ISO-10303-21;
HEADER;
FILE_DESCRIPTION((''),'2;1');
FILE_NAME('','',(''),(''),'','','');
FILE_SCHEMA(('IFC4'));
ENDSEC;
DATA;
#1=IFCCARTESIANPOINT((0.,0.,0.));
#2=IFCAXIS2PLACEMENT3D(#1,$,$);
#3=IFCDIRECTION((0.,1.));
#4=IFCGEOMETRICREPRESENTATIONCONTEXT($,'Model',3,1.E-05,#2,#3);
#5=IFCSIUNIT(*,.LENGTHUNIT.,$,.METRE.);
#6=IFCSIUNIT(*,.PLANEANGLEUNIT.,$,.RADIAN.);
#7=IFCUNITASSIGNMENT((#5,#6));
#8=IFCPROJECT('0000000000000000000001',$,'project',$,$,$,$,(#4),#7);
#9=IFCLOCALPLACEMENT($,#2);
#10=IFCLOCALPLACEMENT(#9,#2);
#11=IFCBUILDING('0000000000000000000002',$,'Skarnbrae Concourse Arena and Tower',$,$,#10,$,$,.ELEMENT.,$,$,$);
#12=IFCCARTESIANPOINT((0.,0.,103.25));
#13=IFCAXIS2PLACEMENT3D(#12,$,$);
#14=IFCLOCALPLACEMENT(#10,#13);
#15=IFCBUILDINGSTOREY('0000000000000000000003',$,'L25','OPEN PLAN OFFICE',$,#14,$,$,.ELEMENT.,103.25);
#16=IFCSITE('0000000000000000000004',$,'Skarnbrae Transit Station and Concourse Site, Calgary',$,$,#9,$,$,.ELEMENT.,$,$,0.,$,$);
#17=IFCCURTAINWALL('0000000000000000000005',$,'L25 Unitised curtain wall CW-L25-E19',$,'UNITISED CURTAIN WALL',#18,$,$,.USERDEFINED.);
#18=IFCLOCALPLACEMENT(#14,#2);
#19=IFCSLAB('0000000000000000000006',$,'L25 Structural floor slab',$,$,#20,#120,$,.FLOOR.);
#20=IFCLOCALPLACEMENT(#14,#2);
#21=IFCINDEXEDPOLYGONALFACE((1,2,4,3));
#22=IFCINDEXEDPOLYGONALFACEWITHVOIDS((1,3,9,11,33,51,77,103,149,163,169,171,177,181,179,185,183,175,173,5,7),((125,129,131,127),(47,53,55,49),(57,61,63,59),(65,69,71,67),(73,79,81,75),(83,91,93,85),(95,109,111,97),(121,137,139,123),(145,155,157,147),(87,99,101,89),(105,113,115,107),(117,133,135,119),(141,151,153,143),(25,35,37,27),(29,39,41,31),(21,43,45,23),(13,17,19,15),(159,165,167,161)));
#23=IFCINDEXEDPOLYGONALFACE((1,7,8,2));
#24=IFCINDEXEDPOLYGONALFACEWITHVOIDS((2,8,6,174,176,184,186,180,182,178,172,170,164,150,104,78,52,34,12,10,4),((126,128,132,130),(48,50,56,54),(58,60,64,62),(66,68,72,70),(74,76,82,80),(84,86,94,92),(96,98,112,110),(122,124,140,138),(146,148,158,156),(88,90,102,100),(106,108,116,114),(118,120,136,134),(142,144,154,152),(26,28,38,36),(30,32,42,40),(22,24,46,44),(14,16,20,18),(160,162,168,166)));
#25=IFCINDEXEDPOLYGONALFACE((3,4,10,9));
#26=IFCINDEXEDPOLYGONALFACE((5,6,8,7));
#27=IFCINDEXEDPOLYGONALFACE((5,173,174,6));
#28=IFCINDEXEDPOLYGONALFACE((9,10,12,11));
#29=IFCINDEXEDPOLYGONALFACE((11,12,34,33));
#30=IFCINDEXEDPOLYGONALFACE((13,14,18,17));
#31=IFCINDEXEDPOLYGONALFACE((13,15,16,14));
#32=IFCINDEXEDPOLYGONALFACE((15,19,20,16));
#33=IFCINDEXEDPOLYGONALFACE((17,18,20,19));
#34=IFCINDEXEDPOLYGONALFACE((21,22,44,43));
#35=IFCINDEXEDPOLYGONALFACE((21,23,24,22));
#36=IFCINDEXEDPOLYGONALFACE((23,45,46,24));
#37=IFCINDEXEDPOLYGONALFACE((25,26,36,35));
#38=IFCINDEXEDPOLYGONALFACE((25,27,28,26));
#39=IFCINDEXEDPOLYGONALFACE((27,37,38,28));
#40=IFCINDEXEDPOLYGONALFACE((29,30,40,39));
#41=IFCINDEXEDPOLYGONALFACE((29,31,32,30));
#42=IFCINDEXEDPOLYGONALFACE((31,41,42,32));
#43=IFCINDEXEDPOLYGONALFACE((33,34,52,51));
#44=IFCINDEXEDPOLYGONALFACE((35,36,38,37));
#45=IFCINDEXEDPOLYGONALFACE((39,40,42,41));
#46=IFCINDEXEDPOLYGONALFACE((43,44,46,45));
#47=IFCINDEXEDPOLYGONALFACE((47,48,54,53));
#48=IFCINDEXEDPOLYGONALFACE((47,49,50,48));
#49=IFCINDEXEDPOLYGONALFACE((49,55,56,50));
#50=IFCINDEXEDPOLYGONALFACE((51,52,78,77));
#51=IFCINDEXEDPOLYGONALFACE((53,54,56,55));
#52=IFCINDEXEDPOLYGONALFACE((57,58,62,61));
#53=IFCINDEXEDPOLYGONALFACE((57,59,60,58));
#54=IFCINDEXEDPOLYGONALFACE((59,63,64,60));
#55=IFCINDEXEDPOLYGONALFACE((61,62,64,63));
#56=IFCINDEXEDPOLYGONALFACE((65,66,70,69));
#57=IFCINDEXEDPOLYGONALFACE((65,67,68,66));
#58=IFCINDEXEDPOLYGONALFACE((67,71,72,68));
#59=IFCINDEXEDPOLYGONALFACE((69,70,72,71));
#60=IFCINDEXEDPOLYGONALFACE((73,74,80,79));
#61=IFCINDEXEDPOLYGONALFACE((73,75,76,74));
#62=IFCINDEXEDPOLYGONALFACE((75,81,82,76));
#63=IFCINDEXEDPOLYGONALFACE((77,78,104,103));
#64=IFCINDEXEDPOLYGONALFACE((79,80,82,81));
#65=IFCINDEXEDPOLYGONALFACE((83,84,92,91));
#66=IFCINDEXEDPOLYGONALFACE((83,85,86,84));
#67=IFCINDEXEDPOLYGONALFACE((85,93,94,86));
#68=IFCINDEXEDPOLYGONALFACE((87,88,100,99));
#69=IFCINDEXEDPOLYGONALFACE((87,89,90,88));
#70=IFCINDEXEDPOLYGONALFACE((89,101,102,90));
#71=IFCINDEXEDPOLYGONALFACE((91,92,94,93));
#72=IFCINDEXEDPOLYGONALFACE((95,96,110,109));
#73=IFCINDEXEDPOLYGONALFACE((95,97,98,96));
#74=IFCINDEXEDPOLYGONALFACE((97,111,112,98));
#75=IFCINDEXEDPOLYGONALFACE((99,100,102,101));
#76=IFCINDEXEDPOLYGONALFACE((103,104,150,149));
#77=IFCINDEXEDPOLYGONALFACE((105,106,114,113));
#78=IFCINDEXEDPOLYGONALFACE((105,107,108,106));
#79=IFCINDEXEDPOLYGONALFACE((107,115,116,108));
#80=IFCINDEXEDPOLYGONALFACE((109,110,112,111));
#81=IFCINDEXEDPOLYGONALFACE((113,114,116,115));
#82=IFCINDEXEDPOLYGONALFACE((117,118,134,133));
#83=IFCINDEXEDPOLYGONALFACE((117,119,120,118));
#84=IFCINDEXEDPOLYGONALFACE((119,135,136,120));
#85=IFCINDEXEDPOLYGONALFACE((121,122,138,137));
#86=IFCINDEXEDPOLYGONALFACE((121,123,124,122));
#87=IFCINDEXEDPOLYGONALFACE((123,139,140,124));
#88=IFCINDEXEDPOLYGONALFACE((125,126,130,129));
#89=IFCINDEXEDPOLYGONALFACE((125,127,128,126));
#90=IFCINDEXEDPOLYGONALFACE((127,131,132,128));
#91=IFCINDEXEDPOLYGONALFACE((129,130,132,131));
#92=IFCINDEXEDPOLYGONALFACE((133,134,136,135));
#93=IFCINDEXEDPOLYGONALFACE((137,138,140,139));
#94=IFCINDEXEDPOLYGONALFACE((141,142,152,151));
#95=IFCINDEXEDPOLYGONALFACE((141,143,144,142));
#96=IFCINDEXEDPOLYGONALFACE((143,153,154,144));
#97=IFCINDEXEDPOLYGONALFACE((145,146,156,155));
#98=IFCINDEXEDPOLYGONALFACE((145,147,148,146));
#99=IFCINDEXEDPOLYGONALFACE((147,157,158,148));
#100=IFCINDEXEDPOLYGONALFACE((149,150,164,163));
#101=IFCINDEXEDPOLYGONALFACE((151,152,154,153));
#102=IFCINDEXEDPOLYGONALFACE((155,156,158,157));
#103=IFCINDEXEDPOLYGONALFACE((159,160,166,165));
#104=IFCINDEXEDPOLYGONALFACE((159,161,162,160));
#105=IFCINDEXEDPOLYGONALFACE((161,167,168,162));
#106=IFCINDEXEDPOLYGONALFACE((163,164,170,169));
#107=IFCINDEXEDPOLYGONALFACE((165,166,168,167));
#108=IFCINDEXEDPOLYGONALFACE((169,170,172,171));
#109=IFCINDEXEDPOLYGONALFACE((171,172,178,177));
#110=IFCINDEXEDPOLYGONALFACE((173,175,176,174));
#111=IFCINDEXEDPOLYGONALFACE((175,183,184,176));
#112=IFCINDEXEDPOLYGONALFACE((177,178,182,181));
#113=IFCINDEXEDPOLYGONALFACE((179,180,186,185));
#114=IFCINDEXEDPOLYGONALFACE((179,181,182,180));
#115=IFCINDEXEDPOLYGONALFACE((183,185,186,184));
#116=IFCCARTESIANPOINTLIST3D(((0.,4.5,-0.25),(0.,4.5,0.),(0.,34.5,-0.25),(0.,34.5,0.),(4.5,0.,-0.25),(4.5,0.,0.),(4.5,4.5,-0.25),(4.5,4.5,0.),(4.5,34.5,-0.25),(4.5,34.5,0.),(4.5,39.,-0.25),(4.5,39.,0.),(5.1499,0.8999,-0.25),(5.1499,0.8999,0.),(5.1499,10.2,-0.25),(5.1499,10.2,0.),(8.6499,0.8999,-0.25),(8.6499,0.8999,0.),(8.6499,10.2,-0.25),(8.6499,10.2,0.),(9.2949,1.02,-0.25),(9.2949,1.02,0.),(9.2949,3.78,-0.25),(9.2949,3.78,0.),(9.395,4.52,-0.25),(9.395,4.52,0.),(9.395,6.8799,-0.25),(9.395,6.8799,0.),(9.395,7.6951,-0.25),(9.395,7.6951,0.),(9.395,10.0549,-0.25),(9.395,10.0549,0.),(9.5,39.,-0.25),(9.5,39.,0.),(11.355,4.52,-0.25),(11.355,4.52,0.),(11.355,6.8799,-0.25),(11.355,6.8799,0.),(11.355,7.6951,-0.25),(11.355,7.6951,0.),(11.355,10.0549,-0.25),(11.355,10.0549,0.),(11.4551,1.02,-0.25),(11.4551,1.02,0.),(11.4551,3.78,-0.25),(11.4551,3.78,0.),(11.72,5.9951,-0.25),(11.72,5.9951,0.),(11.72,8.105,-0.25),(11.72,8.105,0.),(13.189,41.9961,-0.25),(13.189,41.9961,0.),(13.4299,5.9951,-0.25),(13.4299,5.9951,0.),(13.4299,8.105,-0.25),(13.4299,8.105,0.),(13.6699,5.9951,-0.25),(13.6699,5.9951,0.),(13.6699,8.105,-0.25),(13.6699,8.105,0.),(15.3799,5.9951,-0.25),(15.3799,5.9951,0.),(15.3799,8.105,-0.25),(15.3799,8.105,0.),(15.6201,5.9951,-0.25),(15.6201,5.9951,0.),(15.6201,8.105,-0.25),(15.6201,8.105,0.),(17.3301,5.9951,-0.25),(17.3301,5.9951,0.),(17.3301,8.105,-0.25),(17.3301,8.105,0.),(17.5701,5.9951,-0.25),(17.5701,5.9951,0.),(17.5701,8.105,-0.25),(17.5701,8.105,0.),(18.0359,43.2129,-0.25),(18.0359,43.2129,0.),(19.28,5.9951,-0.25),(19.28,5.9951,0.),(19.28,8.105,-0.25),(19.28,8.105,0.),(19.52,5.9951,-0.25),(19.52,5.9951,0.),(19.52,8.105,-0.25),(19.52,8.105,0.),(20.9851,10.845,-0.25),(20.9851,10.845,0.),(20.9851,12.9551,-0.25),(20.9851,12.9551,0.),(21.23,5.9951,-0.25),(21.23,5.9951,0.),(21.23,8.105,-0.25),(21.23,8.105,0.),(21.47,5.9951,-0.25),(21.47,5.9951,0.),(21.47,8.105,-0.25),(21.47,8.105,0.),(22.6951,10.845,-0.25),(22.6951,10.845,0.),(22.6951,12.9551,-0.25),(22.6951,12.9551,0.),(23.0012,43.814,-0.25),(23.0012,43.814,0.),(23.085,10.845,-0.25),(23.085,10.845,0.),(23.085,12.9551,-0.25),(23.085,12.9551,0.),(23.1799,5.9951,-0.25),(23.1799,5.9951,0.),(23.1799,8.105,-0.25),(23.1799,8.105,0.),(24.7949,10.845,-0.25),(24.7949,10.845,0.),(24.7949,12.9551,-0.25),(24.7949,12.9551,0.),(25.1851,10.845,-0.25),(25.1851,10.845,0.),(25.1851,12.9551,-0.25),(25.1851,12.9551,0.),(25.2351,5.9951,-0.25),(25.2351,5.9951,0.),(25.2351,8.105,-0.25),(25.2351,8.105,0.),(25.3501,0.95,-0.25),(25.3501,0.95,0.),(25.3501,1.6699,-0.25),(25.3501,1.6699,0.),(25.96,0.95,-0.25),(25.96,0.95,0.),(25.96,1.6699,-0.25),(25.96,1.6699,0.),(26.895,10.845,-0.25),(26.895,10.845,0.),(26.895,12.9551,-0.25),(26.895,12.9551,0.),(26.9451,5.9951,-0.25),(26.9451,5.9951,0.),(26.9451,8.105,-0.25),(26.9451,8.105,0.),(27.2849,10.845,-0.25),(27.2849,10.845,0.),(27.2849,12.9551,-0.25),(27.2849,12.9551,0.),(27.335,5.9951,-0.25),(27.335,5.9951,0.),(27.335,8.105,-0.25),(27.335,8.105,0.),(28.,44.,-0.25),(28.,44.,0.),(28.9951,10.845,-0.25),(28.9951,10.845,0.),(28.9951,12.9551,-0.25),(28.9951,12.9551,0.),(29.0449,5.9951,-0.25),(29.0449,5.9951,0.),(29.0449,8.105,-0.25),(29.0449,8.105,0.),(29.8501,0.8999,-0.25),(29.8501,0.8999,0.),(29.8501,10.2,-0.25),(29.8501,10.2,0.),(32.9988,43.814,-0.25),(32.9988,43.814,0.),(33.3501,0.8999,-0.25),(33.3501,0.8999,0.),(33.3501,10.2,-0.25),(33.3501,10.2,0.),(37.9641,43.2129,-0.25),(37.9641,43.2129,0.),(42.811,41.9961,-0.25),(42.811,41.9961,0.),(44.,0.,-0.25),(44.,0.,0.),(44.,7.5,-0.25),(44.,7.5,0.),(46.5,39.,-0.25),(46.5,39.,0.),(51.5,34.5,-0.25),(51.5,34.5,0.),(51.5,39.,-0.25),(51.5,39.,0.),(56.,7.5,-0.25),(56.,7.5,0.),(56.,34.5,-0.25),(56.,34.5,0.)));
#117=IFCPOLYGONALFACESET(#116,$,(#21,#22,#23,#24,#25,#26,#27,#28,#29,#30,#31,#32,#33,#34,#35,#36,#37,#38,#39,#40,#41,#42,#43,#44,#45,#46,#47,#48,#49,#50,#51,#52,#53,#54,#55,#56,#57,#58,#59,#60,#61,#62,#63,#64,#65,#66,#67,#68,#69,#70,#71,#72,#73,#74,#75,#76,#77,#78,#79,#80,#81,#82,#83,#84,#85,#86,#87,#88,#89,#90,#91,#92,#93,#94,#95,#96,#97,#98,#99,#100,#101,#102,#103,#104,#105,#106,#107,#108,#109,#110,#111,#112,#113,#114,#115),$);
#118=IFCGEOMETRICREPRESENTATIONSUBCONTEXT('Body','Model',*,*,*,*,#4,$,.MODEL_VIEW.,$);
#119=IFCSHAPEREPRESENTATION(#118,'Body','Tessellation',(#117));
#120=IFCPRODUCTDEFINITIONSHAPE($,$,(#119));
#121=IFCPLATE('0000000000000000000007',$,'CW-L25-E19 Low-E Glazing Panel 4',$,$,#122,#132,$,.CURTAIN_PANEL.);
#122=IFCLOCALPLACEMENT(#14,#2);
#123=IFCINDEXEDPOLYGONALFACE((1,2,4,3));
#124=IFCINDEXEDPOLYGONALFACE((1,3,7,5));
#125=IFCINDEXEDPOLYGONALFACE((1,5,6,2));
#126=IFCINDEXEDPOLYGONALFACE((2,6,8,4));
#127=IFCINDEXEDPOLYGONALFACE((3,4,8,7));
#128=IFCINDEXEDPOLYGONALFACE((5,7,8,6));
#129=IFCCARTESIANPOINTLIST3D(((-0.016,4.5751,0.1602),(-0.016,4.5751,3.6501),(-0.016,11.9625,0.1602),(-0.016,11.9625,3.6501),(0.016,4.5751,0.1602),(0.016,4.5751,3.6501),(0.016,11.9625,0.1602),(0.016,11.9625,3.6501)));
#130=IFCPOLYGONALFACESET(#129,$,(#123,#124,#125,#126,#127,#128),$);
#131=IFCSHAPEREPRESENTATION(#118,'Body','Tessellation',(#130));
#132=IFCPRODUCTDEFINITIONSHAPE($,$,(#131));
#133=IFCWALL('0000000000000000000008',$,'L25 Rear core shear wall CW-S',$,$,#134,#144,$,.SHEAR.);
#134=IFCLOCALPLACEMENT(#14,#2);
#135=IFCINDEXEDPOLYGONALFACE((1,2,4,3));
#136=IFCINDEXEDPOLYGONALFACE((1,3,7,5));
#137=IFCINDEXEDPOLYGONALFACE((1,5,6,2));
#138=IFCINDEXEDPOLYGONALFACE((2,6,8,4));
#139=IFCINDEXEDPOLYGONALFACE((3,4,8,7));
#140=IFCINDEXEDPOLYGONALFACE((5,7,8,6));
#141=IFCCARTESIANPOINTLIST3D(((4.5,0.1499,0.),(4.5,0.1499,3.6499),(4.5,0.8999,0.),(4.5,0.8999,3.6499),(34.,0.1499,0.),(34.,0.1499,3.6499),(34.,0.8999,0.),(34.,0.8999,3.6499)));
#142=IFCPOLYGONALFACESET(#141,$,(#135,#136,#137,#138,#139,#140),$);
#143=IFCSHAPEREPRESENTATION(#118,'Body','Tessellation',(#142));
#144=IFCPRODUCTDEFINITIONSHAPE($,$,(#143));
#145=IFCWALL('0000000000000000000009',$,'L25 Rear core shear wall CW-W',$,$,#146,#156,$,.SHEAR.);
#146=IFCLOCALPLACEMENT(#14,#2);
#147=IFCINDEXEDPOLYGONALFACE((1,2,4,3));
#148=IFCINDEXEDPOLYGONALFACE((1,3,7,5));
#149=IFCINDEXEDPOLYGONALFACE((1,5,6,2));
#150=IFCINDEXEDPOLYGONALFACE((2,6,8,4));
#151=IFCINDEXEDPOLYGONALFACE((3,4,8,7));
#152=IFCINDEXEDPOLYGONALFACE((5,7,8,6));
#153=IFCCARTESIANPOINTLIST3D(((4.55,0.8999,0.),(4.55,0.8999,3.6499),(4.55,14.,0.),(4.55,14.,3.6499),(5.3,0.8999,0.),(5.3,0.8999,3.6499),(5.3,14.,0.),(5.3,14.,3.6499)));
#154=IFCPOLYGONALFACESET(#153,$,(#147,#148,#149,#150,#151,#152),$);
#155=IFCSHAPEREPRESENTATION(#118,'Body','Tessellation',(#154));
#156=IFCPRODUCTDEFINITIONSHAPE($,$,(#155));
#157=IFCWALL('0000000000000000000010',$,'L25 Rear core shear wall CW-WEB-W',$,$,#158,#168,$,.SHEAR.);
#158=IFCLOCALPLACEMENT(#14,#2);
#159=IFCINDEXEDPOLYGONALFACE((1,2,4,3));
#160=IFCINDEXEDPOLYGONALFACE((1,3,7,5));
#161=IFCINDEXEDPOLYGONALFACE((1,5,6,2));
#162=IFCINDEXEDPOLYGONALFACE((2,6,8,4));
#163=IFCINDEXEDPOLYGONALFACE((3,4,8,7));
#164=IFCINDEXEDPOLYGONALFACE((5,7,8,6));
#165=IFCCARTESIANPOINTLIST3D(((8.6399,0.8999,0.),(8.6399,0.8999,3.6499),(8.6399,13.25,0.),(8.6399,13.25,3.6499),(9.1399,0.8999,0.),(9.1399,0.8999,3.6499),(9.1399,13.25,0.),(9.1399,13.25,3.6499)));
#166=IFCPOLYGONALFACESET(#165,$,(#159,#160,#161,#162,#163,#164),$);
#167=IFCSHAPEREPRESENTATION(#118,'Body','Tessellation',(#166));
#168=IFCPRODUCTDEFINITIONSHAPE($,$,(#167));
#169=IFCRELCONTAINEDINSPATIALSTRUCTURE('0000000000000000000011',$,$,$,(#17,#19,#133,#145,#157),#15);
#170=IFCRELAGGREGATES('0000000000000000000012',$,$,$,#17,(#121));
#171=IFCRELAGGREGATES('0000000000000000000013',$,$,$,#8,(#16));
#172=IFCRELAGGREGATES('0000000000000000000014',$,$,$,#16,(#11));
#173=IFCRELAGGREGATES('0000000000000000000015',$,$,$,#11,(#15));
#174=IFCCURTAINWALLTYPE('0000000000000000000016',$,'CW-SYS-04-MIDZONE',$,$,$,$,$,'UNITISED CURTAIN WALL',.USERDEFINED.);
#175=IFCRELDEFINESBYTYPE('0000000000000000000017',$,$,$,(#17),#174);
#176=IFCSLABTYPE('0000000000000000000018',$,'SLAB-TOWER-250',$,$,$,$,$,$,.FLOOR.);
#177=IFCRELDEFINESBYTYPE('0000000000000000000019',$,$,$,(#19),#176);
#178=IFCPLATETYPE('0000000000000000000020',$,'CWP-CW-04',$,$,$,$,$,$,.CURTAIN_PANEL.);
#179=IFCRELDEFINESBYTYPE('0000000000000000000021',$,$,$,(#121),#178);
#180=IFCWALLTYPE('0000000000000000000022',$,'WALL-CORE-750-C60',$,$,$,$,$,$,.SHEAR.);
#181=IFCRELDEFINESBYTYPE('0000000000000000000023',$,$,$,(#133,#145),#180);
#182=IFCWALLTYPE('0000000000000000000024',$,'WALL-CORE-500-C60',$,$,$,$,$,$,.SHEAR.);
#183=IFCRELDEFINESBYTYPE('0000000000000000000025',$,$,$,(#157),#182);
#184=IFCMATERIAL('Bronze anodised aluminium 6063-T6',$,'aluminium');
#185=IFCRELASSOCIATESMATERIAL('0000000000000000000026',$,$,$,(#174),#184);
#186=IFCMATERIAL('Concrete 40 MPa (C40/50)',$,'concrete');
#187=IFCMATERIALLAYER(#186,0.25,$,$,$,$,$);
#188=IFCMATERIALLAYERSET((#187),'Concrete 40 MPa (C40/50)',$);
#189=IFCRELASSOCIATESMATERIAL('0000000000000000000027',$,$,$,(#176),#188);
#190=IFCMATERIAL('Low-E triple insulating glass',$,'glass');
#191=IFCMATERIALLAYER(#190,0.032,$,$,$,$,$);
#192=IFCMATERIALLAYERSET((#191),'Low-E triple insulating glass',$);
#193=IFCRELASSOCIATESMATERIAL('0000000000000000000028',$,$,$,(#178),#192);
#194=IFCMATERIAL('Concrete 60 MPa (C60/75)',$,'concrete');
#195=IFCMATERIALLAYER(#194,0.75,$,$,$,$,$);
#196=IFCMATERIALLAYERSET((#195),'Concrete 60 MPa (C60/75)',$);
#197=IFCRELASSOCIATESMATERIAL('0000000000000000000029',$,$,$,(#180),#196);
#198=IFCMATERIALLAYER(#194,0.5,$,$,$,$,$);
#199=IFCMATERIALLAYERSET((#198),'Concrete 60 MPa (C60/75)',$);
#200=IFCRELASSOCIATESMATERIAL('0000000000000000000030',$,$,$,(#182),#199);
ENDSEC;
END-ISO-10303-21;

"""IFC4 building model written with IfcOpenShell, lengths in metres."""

from ifc_helpers import new_model, si_unit, direction, frame, frame_2d, origin, origin_2d, place, context, subcontext, project, spatial, polyline, rectangle, outline, extrude, source, transform, mapped, material, layer, layer_set, type_object, element, aggregate, save


model = new_model("IFC4")

# Units and contexts
model_context = context("Model", 3, precision=1e-05, world=origin(), true_north=direction((0.0, 1.0)))
body_context = subcontext(model_context, "Body", "Model", "MODEL_VIEW")
ifc_project = project(units=[si_unit("LENGTHUNIT", "METRE"), si_unit("PLANEANGLEUNIT", "RADIAN")], contexts=[model_context])

# Site, building, storey
site_placement = place(None, origin())
site = spatial("IfcSite", under=ifc_project, at=site_placement, Name="Skarnbrae Transit Station and Concourse Site, Calgary", CompositionType="ELEMENT", RefElevation=0.0)
building_placement = place(site_placement, origin())
building = spatial("IfcBuilding", under=site, at=building_placement, Name="Skarnbrae Concourse Arena and Tower", CompositionType="ELEMENT")
storey_placement = place(building_placement, frame((0.0, 0.0, 103.25)))
storey = spatial("IfcBuildingStorey", under=building, at=storey_placement, Name="L25", Description="OPEN PLAN OFFICE", CompositionType="ELEMENT", Elevation=103.25)

# Curtain wall
ifc_material_1 = material(Name="Bronze anodised aluminium 6063-T6", Category="aluminium")
curtain_wall_type = type_object("IfcCurtainWallType", Name="CW-SYS-04-MIDZONE", ElementType="UNITISED CURTAIN WALL", PredefinedType="USERDEFINED", material=ifc_material_1)
curtain_wall_placement = place(storey_placement, origin())
curtain_wall = element("IfcCurtainWall", 1, at=curtain_wall_placement, inside=storey, type_object=curtain_wall_type, Name="L25 Unitised curtain wall CW-L25-E19", ObjectType="UNITISED CURTAIN WALL", PredefinedType="USERDEFINED")

# Shared definitions
ifc_material_2 = material(Name="Concrete 40 MPa (C40/50)", Category="concrete")

# Slab
ifc_layer_1 = layer(ifc_material_2, 0.25)
ifc_layer_set_1 = layer_set([ifc_layer_1], Name="Concrete 40 MPa (C40/50)")
slab_type_1 = type_object("IfcSlabType", Name="SLAB-TOWER-250", PredefinedType="FLOOR", material=ifc_layer_set_1)
slab_1_placement = place(storey_placement, frame((0.0, 0.0, -0.25)))
element("IfcSlab", 2, at=slab_1_placement, inside=storey, type_object=slab_type_1, Name="L25 Structural floor slab", PredefinedType="FLOOR", context=body_context, shape_type="SweptSolid", body=[
    extrude(outline(polyline([(4.5, 0.0), (44.0, 0.0), (44.0, 7.5), (56.0, 7.5), (56.0, 34.5), (51.5, 34.5), (51.5, 39.0), (46.5, 39.0), (42.811, 41.9961), (37.9641, 43.2129), (32.9988, 43.814), (28.0, 44.0), (23.0012, 43.814), (18.0359, 43.2129), (13.189, 41.9961), (9.5, 39.0), (4.5, 39.0), (4.5, 34.5), (0.0, 34.5), (0.0, 4.5), (4.5, 4.5), (4.5, 0.0)]), holes=[polyline([(9.2949, 3.78), (11.4551, 3.78), (11.4551, 1.02), (9.2949, 1.02), (9.2949, 3.78)]), polyline([(8.6499, 10.2), (8.6499, 0.8999), (5.1499, 0.8999), (5.1499, 10.2), (8.6499, 10.2)]), polyline([(9.395, 6.8799), (11.355, 6.8799), (11.355, 4.52), (9.395, 4.52), (9.395, 6.8799)]), polyline([(11.72, 8.105), (13.4299, 8.105), (13.4299, 5.9951), (11.72, 5.9951), (11.72, 8.105)]), polyline([(13.6699, 8.105), (15.3799, 8.105), (15.3799, 5.9951), (13.6699, 5.9951), (13.6699, 8.105)]), polyline([(15.6201, 8.105), (17.3301, 8.105), (17.3301, 5.9951), (15.6201, 5.9951), (15.6201, 8.105)]), polyline([(17.5701, 8.105), (19.28, 8.105), (19.28, 5.9951), (17.5701, 5.9951), (17.5701, 8.105)]), polyline([(21.23, 8.105), (21.23, 5.9951), (19.52, 5.9951), (19.52, 8.105), (21.23, 8.105)]), polyline([(11.355, 10.0549), (11.355, 7.6951), (9.395, 7.6951), (9.395, 10.0549), (11.355, 10.0549)]), polyline([(25.3501, 1.6699), (25.96, 1.6699), (25.96, 0.95), (25.3501, 0.95), (25.3501, 1.6699)]), polyline([(33.3501, 10.2), (33.3501, 0.8999), (29.8501, 0.8999), (29.8501, 10.2), (33.3501, 10.2)]), polyline([(21.47, 8.105), (23.1799, 8.105), (23.1799, 5.9951), (21.47, 5.9951), (21.47, 8.105)]), polyline([(25.2351, 8.105), (26.9451, 8.105), (26.9451, 5.9951), (25.2351, 5.9951), (25.2351, 8.105)]), polyline([(27.335, 8.105), (29.0449, 8.105), (29.0449, 5.9951), (27.335, 5.9951), (27.335, 8.105)]), polyline([(20.9851, 12.9551), (22.6951, 12.9551), (22.6951, 10.845), (20.9851, 10.845), (20.9851, 12.9551)]), polyline([(23.085, 12.9551), (24.7949, 12.9551), (24.7949, 10.845), (23.085, 10.845), (23.085, 12.9551)]), polyline([(26.895, 12.9551), (26.895, 10.845), (25.1851, 10.845), (25.1851, 12.9551), (26.895, 12.9551)]), polyline([(28.9951, 12.9551), (28.9951, 10.845), (27.2849, 10.845), (27.2849, 12.9551), (28.9951, 12.9551)])]), origin(), (0.0, 0.0, 1.0), 0.25),
])

# Plate
ifc_material_3 = material(Name="Low-E triple insulating glass", Category="glass")
ifc_layer_2 = layer(ifc_material_3, 0.032)
ifc_layer_set_2 = layer_set([ifc_layer_2], Name="Low-E triple insulating glass")
plate_type = type_object("IfcPlateType", Name="CWP-CW-04", PredefinedType="CURTAIN_PANEL", material=ifc_layer_set_2)
shared_shape_1 = source(origin(), body_context, "Body", "SweptSolid", [
    extrude(rectangle(XDim=7.3875, YDim=0.032, at=origin_2d()), origin(), (0.0, 0.0, 1.0), 3.49),
])
plate_placement = place(storey_placement, frame((0.0, 8.2688, 0.1602), z_axis=(0.0, 0.0, 1.0), x_axis=(0.0, -1.0, 0.0)))
plate = element("IfcPlate", 3, at=plate_placement, type_object=plate_type, Name="CW-L25-E19 Low-E Glazing Panel 4", PredefinedType="CURTAIN_PANEL", context=body_context, shape_type="MappedRepresentation", body=[
    mapped(shared_shape_1, transform((0.0, 0.0, 0.0))),
])
aggregate(curtain_wall, [plate])

# Walls
ifc_material_4 = material(Name="Concrete 60 MPa (C60/75)", Category="concrete")
ifc_layer_3 = layer(ifc_material_4, 0.75)
ifc_layer_set_3 = layer_set([ifc_layer_3], Name="Concrete 60 MPa (C60/75)")
wall_type_1 = type_object("IfcWallType", Name="WALL-CORE-750-C60", PredefinedType="SHEAR", material=ifc_layer_set_3)
shared_shape_2 = source(origin(), body_context, "Body", "SweptSolid", [
    extrude(rectangle(XDim=29.5, YDim=0.75, at=frame_2d((14.75, 0.0))), origin(), (0.0, 0.0, 1.0), 3.6499),
])
wall_1_placement = place(storey_placement, frame((4.5, 0.5249, 0.0), z_axis=(0.0, 0.0, 1.0), x_axis=(1.0, 0.0, 0.0)))
element("IfcWall", 4, at=wall_1_placement, inside=storey, type_object=wall_type_1, Name="L25 Rear core shear wall CW-S", PredefinedType="SHEAR", context=body_context, shape_type="MappedRepresentation", body=[
    mapped(shared_shape_2, transform((0.0, 0.0, 0.0))),
])
shared_shape_3 = source(origin(), body_context, "Body", "SweptSolid", [
    extrude(rectangle(XDim=13.1001, YDim=0.75, at=frame_2d((6.55, 0.0))), origin(), (0.0, 0.0, 1.0), 3.6499),
])
wall_2_placement = place(storey_placement, frame((4.925, 0.8999, 0.0), z_axis=(0.0, 0.0, 1.0), x_axis=(0.0, 1.0, 0.0)))
element("IfcWall", 5, at=wall_2_placement, inside=storey, type_object=wall_type_1, Name="L25 Rear core shear wall CW-W", PredefinedType="SHEAR", context=body_context, shape_type="MappedRepresentation", body=[
    mapped(shared_shape_3, transform((0.0, 0.0, 0.0))),
])
ifc_layer_4 = layer(ifc_material_4, 0.5)
ifc_layer_set_4 = layer_set([ifc_layer_4], Name="Concrete 60 MPa (C60/75)")
wall_type_2 = type_object("IfcWallType", Name="WALL-CORE-500-C60", PredefinedType="SHEAR", material=ifc_layer_set_4)
shared_shape_4 = source(origin(), body_context, "Body", "SweptSolid", [
    extrude(rectangle(XDim=12.3501, YDim=0.5, at=frame_2d((6.175, 0.0))), origin(), (0.0, 0.0, 1.0), 3.6499),
])
wall_3_placement = place(storey_placement, frame((8.8899, 0.8999, 0.0), z_axis=(0.0, 0.0, 1.0), x_axis=(0.0, 1.0, 0.0)))
element("IfcWall", 6, at=wall_3_placement, inside=storey, type_object=wall_type_2, Name="L25 Rear core shear wall CW-WEB-W", PredefinedType="SHEAR", context=body_context, shape_type="MappedRepresentation", body=[
    mapped(shared_shape_4, transform((0.0, 0.0, 0.0))),
])

save(model, "model.ifc")
